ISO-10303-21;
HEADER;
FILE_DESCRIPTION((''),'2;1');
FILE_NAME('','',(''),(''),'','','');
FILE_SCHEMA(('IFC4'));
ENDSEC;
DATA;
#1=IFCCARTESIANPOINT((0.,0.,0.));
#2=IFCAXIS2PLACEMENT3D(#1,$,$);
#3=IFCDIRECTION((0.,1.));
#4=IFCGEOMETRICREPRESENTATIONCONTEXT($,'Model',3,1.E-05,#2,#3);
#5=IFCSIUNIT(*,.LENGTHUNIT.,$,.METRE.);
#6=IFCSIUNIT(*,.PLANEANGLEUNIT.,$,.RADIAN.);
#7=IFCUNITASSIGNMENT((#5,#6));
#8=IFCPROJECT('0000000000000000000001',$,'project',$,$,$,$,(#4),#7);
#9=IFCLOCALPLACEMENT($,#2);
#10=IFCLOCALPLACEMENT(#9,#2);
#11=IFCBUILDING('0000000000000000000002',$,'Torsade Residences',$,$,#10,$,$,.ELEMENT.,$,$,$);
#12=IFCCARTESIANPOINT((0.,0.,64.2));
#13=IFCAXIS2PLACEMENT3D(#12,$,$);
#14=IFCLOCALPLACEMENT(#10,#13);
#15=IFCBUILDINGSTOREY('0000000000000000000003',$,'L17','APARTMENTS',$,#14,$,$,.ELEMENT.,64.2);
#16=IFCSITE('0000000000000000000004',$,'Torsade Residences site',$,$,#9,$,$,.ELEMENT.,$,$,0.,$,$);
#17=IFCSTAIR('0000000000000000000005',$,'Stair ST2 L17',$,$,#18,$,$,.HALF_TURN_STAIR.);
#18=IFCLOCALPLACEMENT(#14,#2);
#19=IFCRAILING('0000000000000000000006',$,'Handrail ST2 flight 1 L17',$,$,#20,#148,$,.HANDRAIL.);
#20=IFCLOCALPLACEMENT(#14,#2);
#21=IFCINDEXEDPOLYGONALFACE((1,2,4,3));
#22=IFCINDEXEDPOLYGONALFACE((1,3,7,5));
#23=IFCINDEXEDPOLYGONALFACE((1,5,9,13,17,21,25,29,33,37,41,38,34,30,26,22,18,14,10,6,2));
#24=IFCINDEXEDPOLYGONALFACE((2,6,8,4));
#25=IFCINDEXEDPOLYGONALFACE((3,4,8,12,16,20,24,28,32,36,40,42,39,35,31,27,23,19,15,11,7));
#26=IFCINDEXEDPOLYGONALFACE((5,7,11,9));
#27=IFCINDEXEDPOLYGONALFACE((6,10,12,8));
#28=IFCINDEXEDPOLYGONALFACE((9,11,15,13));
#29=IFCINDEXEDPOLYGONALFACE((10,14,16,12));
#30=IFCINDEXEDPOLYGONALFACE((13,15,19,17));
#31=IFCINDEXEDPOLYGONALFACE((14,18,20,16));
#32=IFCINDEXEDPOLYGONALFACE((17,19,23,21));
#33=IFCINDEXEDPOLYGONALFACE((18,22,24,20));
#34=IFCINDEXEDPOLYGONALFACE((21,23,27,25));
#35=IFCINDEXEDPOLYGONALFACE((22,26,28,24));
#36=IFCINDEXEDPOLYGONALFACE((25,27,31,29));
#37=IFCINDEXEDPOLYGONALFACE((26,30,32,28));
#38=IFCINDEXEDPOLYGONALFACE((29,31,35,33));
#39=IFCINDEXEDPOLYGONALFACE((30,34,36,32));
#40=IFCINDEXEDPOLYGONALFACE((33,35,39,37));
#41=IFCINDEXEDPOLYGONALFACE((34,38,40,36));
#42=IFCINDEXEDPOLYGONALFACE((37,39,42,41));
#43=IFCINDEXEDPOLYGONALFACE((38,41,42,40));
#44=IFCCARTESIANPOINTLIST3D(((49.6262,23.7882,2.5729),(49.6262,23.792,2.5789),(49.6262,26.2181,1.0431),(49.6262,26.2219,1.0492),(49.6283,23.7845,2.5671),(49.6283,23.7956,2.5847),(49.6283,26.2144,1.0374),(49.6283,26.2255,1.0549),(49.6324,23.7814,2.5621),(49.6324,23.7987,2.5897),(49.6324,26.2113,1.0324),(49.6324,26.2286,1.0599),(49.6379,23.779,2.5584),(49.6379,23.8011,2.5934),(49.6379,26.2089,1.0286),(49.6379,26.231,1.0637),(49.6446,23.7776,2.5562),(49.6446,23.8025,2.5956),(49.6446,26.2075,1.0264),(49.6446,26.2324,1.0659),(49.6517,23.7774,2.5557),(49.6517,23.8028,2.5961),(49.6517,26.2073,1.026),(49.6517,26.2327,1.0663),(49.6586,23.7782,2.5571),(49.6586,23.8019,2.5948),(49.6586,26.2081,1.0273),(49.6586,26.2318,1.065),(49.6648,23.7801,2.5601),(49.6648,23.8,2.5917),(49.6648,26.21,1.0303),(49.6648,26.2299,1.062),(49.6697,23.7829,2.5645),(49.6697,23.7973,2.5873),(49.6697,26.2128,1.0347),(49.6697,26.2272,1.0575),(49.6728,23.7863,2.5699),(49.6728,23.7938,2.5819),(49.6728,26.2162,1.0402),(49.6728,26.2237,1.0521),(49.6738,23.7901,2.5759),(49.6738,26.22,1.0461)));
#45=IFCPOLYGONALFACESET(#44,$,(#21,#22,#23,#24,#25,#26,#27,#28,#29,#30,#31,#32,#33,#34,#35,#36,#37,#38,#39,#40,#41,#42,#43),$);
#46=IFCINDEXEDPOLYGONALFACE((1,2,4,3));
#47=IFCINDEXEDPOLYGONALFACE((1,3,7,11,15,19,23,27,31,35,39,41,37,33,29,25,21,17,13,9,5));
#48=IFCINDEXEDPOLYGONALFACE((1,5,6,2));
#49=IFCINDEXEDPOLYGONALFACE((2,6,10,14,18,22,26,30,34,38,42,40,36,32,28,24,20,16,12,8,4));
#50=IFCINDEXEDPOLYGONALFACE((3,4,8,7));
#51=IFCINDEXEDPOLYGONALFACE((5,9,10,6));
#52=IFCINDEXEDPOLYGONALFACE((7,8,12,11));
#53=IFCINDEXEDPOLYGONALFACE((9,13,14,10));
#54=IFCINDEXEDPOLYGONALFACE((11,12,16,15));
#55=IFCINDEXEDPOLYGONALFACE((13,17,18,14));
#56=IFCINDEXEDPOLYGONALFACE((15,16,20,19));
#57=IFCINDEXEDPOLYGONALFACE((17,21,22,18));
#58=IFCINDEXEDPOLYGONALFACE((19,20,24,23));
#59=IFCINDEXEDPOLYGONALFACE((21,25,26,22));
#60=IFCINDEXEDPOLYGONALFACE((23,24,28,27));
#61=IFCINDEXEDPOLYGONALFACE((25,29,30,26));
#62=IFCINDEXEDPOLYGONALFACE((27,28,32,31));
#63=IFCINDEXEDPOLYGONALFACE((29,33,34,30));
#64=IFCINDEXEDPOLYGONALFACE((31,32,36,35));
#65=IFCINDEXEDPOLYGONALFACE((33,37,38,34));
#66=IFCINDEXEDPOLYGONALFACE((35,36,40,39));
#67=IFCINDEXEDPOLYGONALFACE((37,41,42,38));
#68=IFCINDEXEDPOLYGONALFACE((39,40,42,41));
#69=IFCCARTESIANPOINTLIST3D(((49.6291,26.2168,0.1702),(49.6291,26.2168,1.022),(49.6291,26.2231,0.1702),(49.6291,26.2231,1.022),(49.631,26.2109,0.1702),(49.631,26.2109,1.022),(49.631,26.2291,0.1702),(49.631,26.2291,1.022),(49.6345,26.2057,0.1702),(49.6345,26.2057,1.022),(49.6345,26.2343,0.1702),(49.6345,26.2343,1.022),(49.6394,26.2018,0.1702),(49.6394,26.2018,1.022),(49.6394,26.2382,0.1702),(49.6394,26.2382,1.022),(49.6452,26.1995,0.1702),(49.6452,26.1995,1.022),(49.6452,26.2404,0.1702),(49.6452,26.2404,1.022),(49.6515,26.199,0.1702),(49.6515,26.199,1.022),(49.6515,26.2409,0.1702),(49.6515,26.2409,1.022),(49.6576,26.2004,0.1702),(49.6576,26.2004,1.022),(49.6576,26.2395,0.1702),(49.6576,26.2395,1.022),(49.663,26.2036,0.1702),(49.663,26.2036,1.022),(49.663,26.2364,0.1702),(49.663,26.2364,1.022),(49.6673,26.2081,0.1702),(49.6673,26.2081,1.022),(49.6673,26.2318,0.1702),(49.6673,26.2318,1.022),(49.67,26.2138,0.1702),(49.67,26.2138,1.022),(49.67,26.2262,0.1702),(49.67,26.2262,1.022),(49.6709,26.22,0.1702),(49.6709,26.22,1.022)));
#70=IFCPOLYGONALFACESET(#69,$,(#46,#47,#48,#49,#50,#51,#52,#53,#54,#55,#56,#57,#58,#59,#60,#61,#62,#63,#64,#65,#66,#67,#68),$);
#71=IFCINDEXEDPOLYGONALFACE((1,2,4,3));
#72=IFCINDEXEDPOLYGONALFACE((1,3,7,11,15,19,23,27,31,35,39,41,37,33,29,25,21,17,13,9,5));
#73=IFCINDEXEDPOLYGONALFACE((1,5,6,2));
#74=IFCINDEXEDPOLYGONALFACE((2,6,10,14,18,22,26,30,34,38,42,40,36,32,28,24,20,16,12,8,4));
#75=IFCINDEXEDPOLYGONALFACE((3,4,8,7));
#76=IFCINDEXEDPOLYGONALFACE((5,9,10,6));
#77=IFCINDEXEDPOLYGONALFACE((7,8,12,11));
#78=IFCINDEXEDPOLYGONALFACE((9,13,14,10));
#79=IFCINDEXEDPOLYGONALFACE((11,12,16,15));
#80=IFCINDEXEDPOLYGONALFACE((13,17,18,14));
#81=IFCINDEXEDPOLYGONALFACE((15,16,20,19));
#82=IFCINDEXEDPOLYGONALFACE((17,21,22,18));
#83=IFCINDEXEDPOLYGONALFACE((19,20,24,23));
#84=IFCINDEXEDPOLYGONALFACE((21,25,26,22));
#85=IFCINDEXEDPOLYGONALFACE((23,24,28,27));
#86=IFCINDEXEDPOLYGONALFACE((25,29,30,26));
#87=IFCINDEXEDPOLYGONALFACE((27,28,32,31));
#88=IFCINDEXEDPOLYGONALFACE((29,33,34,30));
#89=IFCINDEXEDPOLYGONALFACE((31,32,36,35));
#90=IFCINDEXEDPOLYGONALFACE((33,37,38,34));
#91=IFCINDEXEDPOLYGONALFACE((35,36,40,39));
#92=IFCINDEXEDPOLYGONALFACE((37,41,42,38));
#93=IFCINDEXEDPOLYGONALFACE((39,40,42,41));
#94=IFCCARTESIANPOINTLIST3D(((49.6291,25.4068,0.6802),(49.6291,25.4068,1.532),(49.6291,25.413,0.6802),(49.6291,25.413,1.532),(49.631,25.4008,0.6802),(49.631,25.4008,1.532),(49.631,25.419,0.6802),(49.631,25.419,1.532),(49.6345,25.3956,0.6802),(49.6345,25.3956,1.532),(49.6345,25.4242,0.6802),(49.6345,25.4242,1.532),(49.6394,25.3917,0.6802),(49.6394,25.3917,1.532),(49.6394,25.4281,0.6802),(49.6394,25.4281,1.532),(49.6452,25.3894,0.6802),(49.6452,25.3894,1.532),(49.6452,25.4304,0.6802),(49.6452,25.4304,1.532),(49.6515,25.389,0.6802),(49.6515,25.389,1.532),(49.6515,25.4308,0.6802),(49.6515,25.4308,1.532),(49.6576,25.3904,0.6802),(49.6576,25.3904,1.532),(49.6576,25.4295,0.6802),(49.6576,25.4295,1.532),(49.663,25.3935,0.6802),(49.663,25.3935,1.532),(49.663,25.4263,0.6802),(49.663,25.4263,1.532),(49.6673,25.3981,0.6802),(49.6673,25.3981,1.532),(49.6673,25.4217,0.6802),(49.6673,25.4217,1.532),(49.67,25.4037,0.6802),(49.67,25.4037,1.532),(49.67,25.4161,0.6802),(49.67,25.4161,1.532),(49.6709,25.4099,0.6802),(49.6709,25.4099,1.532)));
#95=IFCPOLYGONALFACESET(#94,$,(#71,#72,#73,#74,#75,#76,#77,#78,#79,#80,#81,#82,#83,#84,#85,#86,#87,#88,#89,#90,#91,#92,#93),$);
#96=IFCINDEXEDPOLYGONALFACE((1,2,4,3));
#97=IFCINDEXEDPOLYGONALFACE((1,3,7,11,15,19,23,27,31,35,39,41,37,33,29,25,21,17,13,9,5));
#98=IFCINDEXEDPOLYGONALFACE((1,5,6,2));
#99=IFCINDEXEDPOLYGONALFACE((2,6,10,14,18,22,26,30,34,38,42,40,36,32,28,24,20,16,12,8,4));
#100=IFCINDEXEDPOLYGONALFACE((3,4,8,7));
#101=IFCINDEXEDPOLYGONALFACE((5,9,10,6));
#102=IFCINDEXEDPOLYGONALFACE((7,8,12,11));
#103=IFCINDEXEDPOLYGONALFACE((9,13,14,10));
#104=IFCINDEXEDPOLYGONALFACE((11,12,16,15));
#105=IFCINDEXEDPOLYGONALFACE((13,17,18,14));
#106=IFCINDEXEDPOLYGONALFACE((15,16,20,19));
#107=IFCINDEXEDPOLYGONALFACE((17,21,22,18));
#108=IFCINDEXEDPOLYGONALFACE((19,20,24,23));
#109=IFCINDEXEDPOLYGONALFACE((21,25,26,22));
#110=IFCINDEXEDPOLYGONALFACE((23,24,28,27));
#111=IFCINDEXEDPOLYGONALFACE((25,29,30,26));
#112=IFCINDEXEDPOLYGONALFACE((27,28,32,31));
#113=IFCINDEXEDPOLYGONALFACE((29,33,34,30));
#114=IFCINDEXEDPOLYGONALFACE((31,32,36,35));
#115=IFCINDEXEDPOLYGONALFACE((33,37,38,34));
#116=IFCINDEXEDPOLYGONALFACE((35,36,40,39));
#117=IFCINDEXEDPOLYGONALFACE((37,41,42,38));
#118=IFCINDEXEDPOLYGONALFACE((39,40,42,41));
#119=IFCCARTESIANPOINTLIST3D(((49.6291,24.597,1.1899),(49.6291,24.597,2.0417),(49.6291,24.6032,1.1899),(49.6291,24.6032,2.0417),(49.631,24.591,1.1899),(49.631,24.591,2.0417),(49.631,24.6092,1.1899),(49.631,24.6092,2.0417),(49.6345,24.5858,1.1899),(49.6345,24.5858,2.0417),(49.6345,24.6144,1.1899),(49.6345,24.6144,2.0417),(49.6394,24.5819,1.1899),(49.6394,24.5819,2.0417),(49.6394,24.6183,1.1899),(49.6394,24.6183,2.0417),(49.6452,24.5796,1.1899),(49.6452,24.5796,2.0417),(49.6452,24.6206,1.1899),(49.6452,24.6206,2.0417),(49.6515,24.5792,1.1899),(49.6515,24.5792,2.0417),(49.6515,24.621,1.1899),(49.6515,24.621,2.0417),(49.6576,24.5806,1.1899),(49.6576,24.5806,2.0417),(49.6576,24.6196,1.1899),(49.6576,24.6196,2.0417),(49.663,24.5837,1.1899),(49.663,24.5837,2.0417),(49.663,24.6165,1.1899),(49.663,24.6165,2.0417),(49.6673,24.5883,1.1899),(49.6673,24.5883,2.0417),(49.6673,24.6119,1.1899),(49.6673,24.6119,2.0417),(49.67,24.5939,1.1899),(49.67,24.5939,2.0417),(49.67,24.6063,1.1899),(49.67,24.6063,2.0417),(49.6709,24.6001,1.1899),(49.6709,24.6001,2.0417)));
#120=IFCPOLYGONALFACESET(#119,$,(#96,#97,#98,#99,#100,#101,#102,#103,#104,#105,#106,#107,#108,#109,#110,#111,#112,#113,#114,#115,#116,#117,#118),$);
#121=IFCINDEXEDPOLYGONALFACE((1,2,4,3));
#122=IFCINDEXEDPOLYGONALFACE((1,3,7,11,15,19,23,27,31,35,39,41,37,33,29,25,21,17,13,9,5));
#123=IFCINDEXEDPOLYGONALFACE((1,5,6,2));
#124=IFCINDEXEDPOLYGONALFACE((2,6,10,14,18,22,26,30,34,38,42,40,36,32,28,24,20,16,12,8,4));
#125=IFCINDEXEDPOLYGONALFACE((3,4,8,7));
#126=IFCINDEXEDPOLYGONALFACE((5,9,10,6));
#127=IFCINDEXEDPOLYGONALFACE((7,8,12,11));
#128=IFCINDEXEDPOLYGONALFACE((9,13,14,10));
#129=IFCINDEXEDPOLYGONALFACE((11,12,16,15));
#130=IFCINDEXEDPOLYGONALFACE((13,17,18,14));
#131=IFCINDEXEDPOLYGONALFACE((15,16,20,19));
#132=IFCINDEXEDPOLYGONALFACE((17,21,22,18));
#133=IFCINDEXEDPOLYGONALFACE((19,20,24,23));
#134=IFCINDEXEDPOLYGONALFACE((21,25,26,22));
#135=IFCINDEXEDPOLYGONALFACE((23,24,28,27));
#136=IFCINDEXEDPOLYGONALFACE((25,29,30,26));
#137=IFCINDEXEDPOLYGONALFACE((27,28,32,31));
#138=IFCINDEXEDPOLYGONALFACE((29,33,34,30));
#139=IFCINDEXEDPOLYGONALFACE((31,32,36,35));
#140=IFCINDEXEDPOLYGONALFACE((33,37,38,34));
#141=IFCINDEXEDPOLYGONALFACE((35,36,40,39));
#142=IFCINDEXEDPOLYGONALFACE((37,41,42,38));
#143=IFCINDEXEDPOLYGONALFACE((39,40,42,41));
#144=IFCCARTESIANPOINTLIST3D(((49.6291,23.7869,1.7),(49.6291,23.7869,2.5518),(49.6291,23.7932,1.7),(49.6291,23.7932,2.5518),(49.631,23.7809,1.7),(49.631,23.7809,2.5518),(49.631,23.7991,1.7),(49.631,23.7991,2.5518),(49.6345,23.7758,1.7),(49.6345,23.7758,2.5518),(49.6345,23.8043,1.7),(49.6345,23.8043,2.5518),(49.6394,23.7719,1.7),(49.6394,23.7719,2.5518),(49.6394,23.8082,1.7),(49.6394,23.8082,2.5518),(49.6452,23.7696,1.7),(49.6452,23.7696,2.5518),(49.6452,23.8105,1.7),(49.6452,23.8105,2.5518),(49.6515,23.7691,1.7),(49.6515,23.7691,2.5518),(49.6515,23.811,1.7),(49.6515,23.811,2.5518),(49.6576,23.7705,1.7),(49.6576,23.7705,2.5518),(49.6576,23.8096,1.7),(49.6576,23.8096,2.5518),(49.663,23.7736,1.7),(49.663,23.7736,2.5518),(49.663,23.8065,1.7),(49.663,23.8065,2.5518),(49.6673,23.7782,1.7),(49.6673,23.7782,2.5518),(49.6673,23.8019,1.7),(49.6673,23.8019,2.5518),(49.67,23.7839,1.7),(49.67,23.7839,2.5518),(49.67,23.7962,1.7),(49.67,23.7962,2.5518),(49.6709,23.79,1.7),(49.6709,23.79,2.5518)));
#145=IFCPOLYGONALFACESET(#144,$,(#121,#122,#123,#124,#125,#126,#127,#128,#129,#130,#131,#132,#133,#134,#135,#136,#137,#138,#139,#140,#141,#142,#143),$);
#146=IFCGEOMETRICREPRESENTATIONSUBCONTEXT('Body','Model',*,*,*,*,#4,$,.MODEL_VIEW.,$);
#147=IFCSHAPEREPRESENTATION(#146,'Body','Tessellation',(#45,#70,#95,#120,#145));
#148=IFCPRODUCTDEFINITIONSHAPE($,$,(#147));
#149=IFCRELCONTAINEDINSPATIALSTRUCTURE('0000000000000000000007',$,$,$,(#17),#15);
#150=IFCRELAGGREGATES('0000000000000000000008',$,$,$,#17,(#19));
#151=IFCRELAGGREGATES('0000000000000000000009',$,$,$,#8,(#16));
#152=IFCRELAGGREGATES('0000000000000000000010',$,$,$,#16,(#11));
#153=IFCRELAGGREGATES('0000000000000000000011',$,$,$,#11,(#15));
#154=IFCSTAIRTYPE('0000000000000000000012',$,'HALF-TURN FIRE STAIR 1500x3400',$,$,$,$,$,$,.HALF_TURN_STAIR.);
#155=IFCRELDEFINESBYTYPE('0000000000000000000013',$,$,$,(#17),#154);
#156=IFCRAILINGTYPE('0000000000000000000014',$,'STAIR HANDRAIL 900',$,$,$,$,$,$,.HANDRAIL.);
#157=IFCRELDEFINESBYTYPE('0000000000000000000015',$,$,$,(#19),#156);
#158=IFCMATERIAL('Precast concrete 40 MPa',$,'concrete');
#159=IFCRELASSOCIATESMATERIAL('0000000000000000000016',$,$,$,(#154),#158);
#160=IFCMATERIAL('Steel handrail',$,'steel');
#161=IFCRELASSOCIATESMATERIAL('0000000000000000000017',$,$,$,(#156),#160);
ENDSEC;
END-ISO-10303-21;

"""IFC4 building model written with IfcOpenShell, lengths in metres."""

from ifc_helpers import new_model, si_unit, direction, frame, origin, origin_2d, place, context, subcontext, project, spatial, circle, extrude, material, type_object, element, aggregate, save


model = new_model("IFC4")

# Units and contexts
model_context = context("Model", 3, precision=1e-05, world=origin(), true_north=direction((0.0, 1.0)))
body_context = subcontext(model_context, "Body", "Model", "MODEL_VIEW")
ifc_project = project(units=[si_unit("LENGTHUNIT", "METRE"), si_unit("PLANEANGLEUNIT", "RADIAN")], contexts=[model_context])

# Site, building, storey
site_placement = place(None, origin())
site = spatial("IfcSite", under=ifc_project, at=site_placement, Name="Torsade Residences site", CompositionType="ELEMENT", RefElevation=0.0)
building_placement = place(site_placement, origin())
building = spatial("IfcBuilding", under=site, at=building_placement, Name="Torsade Residences", CompositionType="ELEMENT")
storey_placement = place(building_placement, frame((0.0, 0.0, 64.2)))
storey = spatial("IfcBuildingStorey", under=building, at=storey_placement, Name="L17", Description="APARTMENTS", CompositionType="ELEMENT", Elevation=64.2)

# Stair, railing
ifc_material_1 = material(Name="Precast concrete 40 MPa", Category="concrete")
stair_type = type_object("IfcStairType", Name="HALF-TURN FIRE STAIR 1500x3400", PredefinedType="HALF_TURN_STAIR", material=ifc_material_1)
stair_placement = place(storey_placement, origin())
stair = element("IfcStair", 1, at=stair_placement, inside=storey, type_object=stair_type, Name="Stair ST2 L17", PredefinedType="HALF_TURN_STAIR")
ifc_material_2 = material(Name="Steel handrail", Category="steel")
railing_type = type_object("IfcRailingType", Name="STAIR HANDRAIL 900", PredefinedType="HANDRAIL", material=ifc_material_2)
railing_1_placement = place(storey_placement, frame((49.6499, 26.22, 0.1702)))
railing_1 = element("IfcRailing", 2, at=railing_1_placement, type_object=railing_type, Name="Handrail ST2 flight 1 L17", PredefinedType="HANDRAIL", context=body_context, shape_type="SweptSolid", body=[
    extrude(circle(Radius=0.0239, at=origin_2d()), frame((0.0, 0.0, 0.876), z_axis=(0.0, -0.84626, 0.53277), x_axis=(1.0, 0.0, 0.0)), (0.0, 0.0, 1.0), 2.8713),
    extrude(circle(Radius=0.021, at=origin_2d()), origin(), (0.0, 0.0, 1.0), 0.8518),
    extrude(circle(Radius=0.021, at=origin_2d()), frame((0.0, -0.8101, 0.51)), (0.0, 0.0, 1.0), 0.8518),
    extrude(circle(Radius=0.021, at=origin_2d()), frame((0.0, -1.6199, 1.0198)), (0.0, 0.0, 1.0), 0.8518),
    extrude(circle(Radius=0.021, at=origin_2d()), frame((0.0, -2.4299, 1.5298)), (0.0, 0.0, 1.0), 0.8518),
])
aggregate(stair, [railing_1])

save(model, "model.ifc")
